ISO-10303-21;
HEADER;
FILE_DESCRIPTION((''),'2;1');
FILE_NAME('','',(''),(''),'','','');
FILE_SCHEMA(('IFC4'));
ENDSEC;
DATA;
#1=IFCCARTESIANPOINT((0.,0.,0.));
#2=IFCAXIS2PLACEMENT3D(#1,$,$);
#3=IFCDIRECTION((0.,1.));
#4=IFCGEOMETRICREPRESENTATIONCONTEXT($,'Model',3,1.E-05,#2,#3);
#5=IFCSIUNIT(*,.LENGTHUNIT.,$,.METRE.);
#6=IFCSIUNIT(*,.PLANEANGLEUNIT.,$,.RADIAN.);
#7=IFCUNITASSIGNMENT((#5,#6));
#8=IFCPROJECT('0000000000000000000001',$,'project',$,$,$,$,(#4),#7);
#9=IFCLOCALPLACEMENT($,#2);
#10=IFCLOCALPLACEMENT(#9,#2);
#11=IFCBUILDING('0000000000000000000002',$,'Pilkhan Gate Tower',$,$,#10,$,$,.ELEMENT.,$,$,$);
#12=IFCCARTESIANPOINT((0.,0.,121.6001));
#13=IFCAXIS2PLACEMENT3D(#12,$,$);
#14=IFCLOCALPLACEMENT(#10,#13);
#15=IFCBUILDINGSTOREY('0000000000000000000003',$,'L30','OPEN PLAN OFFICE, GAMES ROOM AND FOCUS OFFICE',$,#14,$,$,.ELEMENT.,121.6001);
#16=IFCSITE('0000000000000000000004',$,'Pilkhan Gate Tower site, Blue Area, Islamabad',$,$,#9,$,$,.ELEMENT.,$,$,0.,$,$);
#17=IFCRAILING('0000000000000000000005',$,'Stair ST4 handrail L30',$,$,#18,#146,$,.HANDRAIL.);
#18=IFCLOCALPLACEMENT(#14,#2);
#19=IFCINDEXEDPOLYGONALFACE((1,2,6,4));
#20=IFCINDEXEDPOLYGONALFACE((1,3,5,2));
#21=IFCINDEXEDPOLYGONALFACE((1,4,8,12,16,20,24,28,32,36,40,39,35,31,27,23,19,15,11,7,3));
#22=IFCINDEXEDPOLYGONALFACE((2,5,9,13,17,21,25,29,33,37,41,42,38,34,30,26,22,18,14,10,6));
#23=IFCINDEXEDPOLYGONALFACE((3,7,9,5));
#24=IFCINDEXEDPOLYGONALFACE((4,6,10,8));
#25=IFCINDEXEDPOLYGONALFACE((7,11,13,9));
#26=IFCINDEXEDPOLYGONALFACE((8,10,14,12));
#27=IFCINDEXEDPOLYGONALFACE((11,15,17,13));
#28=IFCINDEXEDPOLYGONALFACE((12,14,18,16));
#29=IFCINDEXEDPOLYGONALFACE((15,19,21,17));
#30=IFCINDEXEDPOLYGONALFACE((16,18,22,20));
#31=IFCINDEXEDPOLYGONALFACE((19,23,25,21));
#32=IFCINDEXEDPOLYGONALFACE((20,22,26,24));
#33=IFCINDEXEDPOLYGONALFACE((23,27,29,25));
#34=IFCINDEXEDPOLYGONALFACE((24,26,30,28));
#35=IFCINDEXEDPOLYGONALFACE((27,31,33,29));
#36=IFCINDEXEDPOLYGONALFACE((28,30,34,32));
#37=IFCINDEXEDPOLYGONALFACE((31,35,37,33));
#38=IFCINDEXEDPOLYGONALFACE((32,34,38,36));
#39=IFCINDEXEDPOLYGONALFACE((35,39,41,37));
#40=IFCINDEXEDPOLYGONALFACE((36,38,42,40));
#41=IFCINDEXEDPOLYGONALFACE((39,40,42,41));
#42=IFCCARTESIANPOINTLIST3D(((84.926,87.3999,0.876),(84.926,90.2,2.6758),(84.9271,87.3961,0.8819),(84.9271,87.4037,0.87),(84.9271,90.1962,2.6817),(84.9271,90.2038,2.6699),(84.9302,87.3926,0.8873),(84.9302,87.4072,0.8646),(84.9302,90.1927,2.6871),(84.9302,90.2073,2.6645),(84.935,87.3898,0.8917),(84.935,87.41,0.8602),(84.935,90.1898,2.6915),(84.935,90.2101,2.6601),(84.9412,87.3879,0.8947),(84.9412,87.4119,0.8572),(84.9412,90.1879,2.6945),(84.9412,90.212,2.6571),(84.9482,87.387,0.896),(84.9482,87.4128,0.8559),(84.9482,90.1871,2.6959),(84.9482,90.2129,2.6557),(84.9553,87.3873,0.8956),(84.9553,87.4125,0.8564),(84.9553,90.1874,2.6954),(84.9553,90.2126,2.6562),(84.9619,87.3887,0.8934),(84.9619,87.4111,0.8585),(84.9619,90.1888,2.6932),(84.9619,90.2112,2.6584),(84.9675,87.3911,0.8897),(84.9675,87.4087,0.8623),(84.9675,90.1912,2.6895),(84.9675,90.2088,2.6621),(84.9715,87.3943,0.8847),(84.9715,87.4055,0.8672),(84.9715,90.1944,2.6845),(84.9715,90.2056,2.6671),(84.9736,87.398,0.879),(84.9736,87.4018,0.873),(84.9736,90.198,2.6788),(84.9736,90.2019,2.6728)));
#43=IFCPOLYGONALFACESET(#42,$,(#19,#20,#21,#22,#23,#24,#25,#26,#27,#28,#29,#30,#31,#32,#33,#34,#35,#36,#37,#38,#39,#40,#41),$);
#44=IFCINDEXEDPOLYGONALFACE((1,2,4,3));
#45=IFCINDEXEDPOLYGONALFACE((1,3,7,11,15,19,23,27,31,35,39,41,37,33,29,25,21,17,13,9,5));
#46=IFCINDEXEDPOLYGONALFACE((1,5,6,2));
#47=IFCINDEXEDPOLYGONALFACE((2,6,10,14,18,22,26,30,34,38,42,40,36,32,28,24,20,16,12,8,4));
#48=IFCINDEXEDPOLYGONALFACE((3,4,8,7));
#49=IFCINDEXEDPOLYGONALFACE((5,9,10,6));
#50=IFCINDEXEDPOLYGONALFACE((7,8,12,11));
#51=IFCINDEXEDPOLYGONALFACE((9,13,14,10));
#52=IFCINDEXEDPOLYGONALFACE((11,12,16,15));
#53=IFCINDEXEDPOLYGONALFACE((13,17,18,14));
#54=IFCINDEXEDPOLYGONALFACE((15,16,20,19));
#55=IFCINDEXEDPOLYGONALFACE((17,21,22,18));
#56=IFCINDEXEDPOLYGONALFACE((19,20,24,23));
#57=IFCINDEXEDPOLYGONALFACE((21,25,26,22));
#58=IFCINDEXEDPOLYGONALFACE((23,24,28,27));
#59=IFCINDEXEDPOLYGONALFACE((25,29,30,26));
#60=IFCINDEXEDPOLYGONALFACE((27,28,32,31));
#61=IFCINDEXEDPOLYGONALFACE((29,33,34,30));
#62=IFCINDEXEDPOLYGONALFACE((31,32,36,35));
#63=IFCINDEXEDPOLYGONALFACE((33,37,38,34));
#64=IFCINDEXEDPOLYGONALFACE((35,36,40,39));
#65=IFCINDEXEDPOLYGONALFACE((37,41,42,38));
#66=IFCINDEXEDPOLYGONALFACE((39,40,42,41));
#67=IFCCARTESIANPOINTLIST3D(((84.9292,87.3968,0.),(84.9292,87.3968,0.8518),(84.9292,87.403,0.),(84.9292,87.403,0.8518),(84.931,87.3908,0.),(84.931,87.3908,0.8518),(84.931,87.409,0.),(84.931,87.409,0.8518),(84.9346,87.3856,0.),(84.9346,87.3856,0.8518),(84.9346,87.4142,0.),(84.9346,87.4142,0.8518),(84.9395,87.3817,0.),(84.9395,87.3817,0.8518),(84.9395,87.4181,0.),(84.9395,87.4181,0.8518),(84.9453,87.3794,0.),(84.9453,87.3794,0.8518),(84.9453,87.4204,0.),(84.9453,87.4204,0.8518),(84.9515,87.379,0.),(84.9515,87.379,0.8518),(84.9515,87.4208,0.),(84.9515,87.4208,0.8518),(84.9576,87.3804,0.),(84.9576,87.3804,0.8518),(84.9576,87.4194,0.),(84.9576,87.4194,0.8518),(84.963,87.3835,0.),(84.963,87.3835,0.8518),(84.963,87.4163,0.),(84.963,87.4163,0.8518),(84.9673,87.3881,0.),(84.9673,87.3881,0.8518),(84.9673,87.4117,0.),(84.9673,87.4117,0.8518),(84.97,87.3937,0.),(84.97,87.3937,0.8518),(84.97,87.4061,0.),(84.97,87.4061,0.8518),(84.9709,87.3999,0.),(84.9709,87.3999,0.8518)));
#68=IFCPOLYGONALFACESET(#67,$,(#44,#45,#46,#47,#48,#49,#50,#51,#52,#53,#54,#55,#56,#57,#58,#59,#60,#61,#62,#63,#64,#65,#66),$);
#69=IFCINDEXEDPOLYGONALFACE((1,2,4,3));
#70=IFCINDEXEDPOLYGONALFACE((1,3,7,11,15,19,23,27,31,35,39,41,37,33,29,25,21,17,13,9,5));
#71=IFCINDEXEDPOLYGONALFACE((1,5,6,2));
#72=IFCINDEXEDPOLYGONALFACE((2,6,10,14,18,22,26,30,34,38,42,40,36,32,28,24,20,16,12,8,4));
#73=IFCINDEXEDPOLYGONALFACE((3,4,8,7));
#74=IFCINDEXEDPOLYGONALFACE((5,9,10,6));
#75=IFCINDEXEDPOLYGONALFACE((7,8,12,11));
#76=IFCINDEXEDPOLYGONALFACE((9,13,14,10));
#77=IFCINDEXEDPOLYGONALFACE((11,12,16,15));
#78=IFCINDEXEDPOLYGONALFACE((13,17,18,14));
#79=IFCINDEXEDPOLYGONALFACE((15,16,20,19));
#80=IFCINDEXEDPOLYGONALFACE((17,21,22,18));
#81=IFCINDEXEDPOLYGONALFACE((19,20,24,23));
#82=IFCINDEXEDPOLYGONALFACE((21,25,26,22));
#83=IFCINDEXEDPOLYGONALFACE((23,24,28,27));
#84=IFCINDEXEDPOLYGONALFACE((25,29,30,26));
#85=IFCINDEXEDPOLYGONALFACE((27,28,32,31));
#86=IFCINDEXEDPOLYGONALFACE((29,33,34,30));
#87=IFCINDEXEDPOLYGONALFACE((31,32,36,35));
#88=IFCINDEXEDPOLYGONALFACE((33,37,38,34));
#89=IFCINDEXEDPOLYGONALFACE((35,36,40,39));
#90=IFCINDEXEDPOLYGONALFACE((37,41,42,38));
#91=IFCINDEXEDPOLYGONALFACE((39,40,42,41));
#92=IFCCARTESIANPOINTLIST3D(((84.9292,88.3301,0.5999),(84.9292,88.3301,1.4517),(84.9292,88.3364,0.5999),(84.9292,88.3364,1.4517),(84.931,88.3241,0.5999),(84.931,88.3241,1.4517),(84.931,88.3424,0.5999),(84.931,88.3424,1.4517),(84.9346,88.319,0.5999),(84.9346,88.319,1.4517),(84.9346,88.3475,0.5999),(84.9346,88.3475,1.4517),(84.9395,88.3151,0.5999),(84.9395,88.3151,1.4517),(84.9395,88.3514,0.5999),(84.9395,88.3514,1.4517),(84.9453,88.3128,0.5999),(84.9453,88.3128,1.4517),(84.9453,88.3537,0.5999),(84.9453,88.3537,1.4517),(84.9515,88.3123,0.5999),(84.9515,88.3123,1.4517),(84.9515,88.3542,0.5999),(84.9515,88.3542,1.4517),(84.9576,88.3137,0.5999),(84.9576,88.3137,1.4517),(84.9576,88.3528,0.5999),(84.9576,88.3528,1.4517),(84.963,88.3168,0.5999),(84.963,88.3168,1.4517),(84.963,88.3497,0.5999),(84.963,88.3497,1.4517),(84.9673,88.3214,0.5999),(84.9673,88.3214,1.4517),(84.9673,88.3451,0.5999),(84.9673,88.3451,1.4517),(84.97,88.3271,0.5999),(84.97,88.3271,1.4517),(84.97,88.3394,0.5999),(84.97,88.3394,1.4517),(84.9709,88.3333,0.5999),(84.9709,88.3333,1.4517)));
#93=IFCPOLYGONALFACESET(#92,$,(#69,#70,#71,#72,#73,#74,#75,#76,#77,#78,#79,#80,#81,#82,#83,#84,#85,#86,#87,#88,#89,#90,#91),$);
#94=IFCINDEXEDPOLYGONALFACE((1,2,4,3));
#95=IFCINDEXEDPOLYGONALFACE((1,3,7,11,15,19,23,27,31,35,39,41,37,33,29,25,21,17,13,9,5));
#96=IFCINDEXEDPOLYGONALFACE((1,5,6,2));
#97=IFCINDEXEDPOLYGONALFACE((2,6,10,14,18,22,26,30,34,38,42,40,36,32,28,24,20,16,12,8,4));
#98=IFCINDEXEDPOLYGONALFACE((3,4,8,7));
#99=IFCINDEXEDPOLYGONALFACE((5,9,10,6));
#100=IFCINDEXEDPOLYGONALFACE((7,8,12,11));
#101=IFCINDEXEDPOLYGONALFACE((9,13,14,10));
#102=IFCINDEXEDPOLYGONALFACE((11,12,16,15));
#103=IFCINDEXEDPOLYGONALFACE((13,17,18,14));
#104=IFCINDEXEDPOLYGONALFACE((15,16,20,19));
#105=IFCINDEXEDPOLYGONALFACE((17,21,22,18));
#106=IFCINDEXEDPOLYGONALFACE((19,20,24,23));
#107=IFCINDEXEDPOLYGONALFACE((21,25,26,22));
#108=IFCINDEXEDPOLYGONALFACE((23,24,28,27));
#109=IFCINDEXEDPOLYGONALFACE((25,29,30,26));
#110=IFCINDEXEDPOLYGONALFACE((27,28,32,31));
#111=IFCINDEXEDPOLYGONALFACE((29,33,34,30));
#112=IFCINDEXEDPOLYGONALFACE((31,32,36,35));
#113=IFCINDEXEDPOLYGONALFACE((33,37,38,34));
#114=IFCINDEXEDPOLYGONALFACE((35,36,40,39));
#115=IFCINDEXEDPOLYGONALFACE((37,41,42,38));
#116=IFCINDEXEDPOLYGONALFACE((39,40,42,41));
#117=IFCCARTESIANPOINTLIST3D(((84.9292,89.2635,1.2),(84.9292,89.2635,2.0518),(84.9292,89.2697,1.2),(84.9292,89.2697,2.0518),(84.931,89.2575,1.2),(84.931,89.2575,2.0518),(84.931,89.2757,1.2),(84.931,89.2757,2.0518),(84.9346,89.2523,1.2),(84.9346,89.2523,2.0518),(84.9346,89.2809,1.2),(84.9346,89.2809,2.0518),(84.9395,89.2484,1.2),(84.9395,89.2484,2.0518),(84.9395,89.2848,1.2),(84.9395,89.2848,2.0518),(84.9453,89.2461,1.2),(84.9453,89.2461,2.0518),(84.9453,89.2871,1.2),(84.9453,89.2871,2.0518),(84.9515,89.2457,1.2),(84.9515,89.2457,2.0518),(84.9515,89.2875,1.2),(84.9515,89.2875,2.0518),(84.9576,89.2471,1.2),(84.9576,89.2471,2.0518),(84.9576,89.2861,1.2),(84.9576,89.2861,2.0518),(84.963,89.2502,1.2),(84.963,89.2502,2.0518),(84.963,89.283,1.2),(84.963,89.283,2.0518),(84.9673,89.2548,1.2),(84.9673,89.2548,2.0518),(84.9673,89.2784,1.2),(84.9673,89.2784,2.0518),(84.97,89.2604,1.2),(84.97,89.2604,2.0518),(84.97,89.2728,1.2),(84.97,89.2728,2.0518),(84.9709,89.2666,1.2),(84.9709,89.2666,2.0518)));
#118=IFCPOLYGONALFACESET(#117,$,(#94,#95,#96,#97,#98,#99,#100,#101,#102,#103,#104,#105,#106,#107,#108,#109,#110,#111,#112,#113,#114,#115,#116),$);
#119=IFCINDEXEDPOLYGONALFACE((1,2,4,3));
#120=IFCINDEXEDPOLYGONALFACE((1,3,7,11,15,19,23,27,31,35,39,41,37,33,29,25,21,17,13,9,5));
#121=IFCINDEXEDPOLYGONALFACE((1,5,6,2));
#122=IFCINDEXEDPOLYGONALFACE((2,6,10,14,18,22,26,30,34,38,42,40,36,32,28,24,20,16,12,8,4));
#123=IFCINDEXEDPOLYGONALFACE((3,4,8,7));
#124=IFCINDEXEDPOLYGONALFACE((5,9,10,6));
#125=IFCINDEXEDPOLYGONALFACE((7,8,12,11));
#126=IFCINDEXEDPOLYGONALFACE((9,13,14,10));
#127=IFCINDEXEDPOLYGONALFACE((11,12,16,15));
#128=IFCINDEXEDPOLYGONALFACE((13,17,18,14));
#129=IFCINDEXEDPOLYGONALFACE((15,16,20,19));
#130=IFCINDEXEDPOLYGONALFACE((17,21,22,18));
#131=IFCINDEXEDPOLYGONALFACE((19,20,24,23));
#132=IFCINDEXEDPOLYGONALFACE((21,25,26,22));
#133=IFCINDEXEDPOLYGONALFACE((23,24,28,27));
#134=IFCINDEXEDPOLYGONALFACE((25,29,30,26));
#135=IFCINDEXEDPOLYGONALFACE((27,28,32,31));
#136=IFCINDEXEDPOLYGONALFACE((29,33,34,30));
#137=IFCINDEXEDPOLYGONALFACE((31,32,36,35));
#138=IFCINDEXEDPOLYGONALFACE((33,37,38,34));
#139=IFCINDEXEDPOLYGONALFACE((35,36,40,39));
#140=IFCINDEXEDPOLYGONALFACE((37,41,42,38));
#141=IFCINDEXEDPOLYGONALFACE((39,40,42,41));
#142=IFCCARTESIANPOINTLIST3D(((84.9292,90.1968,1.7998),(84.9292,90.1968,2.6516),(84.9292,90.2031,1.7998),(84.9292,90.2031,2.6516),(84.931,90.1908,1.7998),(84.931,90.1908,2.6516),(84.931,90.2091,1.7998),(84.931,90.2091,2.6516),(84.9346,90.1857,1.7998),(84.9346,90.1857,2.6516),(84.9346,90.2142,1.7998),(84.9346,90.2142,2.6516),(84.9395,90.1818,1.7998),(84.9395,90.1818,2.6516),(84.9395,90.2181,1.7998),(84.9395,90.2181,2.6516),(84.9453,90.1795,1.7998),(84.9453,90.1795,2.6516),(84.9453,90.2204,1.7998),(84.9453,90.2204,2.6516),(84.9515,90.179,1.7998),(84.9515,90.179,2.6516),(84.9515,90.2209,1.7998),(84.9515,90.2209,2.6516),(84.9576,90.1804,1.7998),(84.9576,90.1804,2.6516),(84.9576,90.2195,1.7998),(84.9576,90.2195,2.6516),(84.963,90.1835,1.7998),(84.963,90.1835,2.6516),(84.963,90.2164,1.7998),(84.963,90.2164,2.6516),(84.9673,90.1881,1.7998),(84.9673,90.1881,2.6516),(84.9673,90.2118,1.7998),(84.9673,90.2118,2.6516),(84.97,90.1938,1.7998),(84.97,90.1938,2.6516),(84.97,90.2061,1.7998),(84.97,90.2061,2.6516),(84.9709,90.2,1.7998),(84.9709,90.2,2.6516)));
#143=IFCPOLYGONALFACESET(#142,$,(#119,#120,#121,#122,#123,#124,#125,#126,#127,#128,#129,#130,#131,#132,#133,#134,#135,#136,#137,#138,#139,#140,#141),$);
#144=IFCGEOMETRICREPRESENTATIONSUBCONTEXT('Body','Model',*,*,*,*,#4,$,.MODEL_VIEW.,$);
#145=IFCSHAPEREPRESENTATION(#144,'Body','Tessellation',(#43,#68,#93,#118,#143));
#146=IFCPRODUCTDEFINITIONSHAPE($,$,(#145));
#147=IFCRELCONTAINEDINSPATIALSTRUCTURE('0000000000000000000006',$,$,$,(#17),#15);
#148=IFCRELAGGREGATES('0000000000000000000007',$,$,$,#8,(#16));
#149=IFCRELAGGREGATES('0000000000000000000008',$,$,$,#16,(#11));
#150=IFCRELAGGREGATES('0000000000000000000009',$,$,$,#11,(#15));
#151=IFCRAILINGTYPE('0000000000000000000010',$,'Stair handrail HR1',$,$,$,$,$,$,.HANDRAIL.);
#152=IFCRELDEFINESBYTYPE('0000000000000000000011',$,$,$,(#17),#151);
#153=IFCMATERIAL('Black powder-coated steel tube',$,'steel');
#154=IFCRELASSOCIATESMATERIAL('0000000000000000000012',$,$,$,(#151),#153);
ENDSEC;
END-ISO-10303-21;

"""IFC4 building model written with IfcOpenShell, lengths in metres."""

from ifc_helpers import new_model, si_unit, direction, frame, origin, origin_2d, place, context, subcontext, project, spatial, circle, extrude, material, type_object, element, save


model = new_model("IFC4")

# Units and contexts
model_context = context("Model", 3, precision=1e-05, world=origin(), true_north=direction((0.0, 1.0)))
body_context = subcontext(model_context, "Body", "Model", "MODEL_VIEW")
ifc_project = project(units=[si_unit("LENGTHUNIT", "METRE"), si_unit("PLANEANGLEUNIT", "RADIAN")], contexts=[model_context])

# Site, building, storey
site_placement = place(None, origin())
site = spatial("IfcSite", under=ifc_project, at=site_placement, Name="Pilkhan Gate Tower site, Blue Area, Islamabad", CompositionType="ELEMENT", RefElevation=0.0)
building_placement = place(site_placement, origin())
building = spatial("IfcBuilding", under=site, at=building_placement, Name="Pilkhan Gate Tower", CompositionType="ELEMENT")
storey_placement = place(building_placement, frame((0.0, 0.0, 121.6001)))
storey = spatial("IfcBuildingStorey", under=building, at=storey_placement, Name="L30", Description="OPEN PLAN OFFICE, GAMES ROOM AND FOCUS OFFICE", CompositionType="ELEMENT", Elevation=121.6001)

# Railing
ifc_material_1 = material(Name="Black powder-coated steel tube", Category="steel")
railing_type_1 = type_object("IfcRailingType", Name="Stair handrail HR1", PredefinedType="HANDRAIL", material=ifc_material_1)
railing_placement = place(storey_placement, frame((84.95, 87.3999, 0.0)))
element("IfcRailing", 1, at=railing_placement, inside=storey, type_object=railing_type_1, Name="Stair ST4 handrail L30", PredefinedType="HANDRAIL", context=body_context, shape_type="SweptSolid", body=[
    extrude(circle(Radius=0.0239, at=origin_2d()), frame((0.0, 0.0, 0.876), z_axis=(0.0, 0.841209, 0.540709), x_axis=(-1.0, 0.0, 0.0)), (0.0, 0.0, 1.0), 3.3286),
    extrude(circle(Radius=0.021, at=origin_2d()), origin(), (0.0, 0.0, 1.0), 0.8518),
    extrude(circle(Radius=0.021, at=origin_2d()), frame((0.0, 0.9333, 0.5999)), (0.0, 0.0, 1.0), 0.8518),
    extrude(circle(Radius=0.021, at=origin_2d()), frame((0.0, 1.8667, 1.2)), (0.0, 0.0, 1.0), 0.8518),
    extrude(circle(Radius=0.021, at=origin_2d()), frame((0.0, 2.8, 1.7998)), (0.0, 0.0, 1.0), 0.8518),
])

save(model, "model.ifc")
